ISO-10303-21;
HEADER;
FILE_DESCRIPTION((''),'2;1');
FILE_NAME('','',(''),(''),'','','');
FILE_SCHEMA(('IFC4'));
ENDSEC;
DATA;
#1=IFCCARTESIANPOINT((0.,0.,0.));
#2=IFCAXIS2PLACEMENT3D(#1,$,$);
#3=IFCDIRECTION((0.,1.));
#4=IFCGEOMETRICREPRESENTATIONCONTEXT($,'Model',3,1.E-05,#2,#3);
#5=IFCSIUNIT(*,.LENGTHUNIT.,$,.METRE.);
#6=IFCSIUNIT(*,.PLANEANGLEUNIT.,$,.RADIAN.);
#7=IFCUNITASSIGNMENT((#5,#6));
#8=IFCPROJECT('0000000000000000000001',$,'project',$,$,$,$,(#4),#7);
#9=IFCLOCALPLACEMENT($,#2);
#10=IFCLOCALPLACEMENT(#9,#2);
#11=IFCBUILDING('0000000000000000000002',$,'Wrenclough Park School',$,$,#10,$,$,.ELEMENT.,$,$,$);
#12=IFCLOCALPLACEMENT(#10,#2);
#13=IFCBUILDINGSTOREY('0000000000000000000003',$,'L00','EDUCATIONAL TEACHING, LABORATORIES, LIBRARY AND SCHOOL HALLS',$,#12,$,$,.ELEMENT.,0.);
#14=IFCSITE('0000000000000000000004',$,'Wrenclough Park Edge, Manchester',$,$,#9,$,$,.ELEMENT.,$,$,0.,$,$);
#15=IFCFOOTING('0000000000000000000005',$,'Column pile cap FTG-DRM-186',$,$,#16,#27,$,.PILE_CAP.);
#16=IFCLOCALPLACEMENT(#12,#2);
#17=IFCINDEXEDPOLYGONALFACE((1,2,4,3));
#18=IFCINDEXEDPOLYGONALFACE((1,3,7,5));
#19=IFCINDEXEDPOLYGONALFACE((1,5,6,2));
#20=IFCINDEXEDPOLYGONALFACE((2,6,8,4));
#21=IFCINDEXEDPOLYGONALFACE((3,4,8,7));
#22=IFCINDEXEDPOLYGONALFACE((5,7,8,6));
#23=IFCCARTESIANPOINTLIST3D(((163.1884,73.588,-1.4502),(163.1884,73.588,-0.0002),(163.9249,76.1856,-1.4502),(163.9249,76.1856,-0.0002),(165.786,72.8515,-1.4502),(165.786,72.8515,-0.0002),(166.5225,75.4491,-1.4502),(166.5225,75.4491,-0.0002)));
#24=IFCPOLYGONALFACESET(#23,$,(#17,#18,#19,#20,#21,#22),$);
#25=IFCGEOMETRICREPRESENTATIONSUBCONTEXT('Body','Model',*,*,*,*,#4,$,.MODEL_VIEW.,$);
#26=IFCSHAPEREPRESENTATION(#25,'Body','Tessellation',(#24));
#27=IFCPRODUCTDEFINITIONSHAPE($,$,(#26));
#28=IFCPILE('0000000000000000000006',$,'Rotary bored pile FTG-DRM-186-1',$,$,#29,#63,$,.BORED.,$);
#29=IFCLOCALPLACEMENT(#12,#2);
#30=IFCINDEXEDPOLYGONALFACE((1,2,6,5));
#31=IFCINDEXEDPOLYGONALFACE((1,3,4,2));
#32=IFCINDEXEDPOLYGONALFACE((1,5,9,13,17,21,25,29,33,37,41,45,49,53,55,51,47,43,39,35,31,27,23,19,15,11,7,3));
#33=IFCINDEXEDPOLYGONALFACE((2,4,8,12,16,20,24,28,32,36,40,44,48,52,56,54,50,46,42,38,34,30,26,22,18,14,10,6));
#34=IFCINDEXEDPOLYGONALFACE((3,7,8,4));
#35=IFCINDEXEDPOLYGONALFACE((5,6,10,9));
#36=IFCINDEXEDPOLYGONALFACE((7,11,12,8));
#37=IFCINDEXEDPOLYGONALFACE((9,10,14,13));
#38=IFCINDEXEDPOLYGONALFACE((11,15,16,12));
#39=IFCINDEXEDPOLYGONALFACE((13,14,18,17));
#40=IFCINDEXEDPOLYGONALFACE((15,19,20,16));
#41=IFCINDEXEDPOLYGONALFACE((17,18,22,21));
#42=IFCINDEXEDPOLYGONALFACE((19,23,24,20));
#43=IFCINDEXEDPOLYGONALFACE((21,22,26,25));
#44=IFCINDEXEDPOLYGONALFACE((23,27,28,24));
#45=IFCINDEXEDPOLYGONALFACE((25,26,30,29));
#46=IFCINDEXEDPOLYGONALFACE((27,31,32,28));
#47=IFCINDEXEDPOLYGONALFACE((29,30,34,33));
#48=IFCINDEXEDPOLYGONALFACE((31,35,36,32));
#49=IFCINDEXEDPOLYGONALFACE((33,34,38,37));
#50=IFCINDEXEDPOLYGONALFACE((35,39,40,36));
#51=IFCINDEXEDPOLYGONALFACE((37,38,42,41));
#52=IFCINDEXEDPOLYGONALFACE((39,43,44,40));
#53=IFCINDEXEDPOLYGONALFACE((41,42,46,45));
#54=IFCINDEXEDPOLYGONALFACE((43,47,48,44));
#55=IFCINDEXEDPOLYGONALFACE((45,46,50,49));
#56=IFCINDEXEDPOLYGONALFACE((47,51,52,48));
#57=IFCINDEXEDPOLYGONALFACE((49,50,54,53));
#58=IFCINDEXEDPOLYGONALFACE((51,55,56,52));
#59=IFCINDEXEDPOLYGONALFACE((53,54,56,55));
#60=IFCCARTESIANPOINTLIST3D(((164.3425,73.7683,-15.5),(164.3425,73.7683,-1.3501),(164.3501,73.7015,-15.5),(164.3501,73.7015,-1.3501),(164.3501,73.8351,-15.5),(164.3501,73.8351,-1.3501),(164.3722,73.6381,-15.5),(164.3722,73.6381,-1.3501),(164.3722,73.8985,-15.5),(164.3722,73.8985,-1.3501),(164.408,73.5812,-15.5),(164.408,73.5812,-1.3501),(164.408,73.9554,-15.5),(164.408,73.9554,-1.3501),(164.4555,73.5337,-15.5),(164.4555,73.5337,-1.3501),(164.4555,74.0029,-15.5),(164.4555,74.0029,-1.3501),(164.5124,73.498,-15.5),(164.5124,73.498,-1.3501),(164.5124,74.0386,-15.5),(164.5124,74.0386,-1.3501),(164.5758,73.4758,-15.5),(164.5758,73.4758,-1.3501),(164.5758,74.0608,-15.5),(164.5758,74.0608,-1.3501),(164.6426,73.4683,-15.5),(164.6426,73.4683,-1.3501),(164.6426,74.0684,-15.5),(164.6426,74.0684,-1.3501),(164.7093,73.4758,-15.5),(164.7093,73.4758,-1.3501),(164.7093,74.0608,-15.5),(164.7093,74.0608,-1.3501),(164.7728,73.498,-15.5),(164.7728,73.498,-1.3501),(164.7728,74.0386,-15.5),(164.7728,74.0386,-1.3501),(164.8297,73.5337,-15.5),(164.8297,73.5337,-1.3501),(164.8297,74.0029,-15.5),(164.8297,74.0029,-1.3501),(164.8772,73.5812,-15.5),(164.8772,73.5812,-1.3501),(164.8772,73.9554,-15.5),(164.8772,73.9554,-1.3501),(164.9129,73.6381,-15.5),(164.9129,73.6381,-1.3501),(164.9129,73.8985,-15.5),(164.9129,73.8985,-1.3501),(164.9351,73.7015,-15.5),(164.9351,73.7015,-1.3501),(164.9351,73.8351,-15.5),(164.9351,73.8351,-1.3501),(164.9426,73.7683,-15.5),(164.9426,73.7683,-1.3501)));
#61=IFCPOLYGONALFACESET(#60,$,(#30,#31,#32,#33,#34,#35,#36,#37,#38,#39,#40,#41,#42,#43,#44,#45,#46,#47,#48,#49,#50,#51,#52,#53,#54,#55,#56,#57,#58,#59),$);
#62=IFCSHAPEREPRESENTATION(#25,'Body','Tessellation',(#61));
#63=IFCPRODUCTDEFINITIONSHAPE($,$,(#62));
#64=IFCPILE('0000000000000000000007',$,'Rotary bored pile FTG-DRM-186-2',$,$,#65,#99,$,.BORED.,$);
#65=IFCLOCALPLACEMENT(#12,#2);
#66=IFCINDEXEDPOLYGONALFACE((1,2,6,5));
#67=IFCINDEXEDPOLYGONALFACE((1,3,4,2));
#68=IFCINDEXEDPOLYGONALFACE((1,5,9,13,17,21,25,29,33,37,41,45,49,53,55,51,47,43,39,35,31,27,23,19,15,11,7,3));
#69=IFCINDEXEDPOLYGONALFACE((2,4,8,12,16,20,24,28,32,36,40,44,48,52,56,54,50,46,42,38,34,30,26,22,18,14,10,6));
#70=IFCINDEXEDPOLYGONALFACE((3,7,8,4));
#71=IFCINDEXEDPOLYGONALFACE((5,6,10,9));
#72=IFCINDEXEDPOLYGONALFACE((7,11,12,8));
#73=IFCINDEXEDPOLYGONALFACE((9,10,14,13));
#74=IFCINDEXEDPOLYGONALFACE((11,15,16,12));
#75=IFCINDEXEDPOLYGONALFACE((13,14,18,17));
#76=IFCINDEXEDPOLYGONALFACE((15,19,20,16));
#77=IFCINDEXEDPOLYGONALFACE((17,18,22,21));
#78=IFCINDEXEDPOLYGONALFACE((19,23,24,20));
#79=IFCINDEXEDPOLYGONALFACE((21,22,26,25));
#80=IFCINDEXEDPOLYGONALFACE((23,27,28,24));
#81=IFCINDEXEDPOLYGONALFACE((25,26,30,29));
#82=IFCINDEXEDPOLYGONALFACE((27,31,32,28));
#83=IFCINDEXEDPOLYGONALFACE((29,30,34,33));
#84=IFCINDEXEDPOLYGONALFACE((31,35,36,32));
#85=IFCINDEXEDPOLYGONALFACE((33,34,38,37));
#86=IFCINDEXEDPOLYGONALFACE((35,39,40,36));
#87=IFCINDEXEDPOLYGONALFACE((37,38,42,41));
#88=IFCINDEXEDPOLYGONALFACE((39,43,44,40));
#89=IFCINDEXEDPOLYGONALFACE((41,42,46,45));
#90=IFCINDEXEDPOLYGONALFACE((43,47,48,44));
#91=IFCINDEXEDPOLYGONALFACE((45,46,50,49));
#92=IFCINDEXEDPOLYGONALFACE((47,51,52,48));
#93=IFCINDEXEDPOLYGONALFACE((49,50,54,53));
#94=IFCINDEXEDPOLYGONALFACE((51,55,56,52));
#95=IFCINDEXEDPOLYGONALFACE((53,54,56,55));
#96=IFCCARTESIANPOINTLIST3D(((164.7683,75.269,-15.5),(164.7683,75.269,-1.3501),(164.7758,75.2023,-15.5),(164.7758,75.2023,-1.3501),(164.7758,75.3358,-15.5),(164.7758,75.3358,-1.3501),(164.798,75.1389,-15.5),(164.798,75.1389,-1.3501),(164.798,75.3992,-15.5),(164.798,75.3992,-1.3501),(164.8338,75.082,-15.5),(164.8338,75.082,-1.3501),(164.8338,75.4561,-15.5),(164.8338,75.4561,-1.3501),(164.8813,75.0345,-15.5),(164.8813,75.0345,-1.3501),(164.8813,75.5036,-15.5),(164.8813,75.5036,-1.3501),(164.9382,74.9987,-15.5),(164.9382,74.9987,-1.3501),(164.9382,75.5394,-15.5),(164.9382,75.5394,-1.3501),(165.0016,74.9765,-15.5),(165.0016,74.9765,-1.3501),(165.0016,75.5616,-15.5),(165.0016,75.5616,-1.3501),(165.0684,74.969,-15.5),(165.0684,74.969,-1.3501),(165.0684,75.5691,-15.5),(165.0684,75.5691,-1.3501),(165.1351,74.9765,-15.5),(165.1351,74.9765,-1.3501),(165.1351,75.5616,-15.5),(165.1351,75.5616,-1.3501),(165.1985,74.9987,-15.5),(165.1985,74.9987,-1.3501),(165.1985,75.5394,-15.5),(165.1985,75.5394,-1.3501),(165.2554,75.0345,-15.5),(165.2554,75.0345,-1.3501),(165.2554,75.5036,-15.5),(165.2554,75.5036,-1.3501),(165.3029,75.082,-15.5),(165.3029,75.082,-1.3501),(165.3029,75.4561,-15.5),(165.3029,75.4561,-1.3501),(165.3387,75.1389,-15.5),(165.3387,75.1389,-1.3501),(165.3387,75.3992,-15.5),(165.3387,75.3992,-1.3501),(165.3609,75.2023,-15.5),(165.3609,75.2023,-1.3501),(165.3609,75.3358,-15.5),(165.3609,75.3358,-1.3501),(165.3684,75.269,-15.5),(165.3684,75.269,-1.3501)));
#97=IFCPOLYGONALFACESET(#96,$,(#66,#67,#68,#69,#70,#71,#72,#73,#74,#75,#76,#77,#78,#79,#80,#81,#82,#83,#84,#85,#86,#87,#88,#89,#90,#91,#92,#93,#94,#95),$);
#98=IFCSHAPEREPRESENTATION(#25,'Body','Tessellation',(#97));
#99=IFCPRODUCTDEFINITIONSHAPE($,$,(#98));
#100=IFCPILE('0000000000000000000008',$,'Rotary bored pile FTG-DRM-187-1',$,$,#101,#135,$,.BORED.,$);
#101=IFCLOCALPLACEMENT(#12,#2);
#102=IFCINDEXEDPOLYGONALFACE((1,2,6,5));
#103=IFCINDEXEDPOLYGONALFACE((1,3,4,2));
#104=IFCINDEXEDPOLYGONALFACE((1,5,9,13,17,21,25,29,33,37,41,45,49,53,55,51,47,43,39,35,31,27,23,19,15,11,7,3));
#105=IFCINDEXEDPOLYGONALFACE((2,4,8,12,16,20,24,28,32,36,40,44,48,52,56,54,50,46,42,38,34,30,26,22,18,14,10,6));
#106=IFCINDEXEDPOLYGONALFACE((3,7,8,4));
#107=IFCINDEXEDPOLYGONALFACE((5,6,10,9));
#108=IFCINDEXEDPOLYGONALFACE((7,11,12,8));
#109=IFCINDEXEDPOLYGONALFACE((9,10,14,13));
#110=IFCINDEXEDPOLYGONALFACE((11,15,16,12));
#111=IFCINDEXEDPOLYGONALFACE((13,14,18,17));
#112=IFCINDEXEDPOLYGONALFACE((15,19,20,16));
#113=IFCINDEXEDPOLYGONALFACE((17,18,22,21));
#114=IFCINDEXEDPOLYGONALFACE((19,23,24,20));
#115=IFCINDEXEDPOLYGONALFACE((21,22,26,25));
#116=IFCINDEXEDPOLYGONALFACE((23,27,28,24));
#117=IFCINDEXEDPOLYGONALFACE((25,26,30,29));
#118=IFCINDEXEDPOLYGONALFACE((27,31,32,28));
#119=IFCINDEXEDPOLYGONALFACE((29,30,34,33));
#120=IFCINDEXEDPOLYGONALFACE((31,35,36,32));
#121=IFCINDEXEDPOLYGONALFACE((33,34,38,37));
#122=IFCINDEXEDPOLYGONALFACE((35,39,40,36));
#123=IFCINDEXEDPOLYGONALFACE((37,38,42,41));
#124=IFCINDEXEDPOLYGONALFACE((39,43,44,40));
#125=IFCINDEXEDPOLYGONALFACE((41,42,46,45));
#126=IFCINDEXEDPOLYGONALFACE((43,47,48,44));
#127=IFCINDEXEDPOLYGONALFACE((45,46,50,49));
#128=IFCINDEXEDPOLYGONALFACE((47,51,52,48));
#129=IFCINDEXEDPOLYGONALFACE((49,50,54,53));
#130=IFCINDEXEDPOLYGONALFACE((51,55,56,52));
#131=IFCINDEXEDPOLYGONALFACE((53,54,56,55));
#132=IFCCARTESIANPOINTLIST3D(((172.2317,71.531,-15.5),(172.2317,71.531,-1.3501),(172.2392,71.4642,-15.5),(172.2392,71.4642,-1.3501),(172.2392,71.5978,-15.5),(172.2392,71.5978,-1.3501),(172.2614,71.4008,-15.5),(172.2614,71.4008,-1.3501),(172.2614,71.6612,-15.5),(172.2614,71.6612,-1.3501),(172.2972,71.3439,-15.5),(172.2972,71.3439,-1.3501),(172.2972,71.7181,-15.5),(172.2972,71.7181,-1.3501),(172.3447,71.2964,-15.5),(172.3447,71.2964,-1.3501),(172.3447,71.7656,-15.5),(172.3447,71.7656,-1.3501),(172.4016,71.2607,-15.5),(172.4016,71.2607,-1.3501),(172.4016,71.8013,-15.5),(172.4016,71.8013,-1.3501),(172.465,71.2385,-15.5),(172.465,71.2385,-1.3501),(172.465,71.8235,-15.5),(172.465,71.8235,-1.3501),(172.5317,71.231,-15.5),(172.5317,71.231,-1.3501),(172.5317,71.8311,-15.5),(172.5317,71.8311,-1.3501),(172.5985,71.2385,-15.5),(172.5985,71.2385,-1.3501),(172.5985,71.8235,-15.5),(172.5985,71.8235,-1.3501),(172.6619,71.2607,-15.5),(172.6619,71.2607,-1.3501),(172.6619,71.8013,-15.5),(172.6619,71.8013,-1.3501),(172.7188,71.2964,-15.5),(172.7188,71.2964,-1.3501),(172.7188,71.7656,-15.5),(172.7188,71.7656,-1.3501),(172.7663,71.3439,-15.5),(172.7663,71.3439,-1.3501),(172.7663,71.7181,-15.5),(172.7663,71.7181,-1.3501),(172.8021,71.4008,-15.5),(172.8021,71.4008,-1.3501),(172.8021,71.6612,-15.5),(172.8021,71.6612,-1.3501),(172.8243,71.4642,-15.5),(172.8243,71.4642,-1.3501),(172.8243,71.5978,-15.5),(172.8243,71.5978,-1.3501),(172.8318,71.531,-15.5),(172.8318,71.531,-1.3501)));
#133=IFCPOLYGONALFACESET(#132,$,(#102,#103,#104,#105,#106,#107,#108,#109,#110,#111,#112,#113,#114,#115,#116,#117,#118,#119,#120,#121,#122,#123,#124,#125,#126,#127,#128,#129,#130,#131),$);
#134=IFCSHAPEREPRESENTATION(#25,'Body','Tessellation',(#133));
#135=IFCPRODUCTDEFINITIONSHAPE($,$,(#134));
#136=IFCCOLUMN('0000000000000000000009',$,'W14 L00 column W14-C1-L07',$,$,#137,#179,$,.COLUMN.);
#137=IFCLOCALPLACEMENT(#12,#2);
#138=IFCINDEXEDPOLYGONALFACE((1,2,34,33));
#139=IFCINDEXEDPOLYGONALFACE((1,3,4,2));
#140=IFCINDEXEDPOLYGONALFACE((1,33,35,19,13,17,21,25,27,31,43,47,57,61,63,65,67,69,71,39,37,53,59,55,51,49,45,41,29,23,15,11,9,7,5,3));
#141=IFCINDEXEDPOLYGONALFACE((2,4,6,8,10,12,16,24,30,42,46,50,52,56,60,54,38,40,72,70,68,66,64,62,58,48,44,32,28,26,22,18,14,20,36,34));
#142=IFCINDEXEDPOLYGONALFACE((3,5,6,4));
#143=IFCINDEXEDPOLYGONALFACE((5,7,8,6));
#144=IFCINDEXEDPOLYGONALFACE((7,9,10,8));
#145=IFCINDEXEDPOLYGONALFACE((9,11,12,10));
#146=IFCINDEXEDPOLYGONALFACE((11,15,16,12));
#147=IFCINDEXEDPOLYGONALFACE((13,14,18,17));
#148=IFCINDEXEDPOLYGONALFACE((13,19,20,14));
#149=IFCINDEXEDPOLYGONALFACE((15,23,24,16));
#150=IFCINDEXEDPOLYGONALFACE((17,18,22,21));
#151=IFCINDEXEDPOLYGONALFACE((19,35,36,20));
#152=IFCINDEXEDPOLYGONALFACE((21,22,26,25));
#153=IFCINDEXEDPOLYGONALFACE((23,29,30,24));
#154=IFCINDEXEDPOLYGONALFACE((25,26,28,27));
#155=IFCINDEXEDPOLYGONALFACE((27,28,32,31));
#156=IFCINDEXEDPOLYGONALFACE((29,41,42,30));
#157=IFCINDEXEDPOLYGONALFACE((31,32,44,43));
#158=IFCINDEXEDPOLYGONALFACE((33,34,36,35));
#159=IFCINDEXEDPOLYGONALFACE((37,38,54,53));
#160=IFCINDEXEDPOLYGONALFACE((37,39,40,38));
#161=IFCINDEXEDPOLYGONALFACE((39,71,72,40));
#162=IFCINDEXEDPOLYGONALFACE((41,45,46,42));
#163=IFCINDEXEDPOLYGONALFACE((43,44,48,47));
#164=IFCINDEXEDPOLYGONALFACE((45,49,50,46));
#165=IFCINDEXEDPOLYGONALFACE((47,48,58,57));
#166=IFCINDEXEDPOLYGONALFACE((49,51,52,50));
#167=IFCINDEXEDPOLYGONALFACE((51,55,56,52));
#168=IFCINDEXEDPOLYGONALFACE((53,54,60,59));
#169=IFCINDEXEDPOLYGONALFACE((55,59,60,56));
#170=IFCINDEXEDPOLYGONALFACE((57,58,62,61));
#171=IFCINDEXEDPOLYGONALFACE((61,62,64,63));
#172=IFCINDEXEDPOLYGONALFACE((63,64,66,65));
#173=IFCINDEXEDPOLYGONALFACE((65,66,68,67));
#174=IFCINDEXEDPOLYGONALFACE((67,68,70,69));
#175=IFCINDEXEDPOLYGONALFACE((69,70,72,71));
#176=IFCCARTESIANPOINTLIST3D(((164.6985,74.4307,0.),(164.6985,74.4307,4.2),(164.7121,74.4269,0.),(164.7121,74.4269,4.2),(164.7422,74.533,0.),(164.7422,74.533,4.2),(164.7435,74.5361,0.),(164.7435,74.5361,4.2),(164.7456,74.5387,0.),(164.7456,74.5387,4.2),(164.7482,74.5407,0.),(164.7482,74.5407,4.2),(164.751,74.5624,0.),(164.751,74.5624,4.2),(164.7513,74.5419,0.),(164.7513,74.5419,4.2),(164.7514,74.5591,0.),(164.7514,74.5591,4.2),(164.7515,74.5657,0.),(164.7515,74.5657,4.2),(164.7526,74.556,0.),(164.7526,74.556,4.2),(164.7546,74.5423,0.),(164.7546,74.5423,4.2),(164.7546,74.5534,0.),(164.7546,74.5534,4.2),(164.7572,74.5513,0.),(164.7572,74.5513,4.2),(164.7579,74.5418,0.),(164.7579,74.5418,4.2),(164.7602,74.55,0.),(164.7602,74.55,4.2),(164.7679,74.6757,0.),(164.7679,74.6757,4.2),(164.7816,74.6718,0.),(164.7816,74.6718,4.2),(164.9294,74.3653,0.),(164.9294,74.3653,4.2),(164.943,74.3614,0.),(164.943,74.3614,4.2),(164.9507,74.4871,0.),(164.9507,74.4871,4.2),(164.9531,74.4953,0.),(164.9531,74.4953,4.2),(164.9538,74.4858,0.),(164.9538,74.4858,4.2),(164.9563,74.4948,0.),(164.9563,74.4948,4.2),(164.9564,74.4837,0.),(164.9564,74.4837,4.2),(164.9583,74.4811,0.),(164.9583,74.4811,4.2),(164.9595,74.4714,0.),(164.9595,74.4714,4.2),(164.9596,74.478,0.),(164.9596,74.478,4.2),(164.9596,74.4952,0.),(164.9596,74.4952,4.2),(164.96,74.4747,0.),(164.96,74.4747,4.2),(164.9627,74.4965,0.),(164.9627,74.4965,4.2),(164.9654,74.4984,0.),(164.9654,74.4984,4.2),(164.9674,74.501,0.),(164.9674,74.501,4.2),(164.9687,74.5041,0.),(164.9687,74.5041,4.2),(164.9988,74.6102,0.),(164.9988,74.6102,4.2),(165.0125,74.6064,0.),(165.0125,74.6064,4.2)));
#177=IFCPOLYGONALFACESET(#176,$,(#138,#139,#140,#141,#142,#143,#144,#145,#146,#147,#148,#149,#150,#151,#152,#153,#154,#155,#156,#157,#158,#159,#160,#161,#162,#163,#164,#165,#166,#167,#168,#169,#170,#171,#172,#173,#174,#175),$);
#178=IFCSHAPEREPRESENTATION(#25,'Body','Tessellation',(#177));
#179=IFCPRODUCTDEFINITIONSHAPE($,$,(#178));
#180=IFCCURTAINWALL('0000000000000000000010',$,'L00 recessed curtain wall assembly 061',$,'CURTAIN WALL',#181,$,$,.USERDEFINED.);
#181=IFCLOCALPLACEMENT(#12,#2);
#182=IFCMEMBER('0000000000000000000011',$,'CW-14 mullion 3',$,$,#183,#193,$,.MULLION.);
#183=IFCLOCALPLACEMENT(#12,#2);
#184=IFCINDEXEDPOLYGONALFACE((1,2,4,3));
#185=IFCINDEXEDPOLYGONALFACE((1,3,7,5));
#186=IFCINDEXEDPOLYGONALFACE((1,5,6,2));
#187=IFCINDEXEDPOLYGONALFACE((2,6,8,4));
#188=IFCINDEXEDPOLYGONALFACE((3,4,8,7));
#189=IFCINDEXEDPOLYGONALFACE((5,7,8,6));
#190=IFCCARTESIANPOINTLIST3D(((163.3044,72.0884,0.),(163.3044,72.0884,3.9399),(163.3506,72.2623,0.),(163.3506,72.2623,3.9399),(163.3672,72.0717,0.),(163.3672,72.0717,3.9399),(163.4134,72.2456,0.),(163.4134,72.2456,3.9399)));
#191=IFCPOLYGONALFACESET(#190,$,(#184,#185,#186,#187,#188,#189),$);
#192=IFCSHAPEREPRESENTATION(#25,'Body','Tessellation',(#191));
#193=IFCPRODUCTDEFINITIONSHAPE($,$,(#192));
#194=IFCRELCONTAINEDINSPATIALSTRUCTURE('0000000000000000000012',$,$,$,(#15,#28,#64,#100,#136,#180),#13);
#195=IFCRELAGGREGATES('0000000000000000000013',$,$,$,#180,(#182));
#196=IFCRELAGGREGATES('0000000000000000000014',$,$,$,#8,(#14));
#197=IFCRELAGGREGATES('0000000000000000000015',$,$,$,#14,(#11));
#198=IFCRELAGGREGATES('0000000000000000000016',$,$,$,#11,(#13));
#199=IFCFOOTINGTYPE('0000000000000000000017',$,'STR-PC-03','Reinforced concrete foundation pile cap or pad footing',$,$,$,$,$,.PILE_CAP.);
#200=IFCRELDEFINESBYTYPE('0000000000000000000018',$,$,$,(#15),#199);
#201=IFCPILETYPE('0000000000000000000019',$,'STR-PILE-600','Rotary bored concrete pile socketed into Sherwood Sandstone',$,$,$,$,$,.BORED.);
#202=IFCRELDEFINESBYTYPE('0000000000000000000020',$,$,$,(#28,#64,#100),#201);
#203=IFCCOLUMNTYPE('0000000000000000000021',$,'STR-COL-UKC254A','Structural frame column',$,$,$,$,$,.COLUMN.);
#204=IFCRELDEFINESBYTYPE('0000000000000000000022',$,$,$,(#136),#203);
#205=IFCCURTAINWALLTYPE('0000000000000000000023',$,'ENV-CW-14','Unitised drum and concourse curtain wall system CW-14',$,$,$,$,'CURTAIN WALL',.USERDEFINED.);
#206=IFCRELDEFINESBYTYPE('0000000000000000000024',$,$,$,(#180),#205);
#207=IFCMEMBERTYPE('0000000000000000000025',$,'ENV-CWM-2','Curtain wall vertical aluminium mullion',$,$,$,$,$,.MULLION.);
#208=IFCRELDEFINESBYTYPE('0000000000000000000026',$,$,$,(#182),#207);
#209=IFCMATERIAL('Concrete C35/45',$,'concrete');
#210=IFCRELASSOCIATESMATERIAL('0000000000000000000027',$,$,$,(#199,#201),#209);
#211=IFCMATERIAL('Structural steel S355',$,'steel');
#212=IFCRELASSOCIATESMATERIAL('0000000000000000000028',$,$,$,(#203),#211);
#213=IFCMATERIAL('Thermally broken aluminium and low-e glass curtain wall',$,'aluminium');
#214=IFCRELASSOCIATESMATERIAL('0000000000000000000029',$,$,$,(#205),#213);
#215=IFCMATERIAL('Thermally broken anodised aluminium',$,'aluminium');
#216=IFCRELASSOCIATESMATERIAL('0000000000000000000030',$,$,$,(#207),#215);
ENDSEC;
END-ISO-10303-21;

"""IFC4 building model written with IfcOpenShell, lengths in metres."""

from ifc_helpers import new_model, si_unit, direction, frame, origin, origin_2d, place, context, subcontext, project, spatial, rectangle, circle, i_section, extrude, material, material_profile, profile_set, type_object, element, aggregate, save


model = new_model("IFC4")

# Units and contexts
model_context = context("Model", 3, precision=1e-05, world=origin(), true_north=direction((0.0, 1.0)))
body_context = subcontext(model_context, "Body", "Model", "MODEL_VIEW")
ifc_project = project(units=[si_unit("LENGTHUNIT", "METRE"), si_unit("PLANEANGLEUNIT", "RADIAN")], contexts=[model_context])

# Site, building, storey
site_placement = place(None, origin())
site = spatial("IfcSite", under=ifc_project, at=site_placement, Name="Wrenclough Park Edge, Manchester", CompositionType="ELEMENT", RefElevation=0.0)
building_placement = place(site_placement, origin())
building = spatial("IfcBuilding", under=site, at=building_placement, Name="Wrenclough Park School", CompositionType="ELEMENT")
storey_placement = place(building_placement, origin())
storey = spatial("IfcBuildingStorey", under=building, at=storey_placement, Name="L00", Description="EDUCATIONAL TEACHING, LABORATORIES, LIBRARY AND SCHOOL HALLS", CompositionType="ELEMENT", Elevation=0.0)

# Footing
ifc_material_1 = material(Name="Concrete C35/45", Category="concrete")
footing_type = type_object("IfcFootingType", Name="STR-PC-03", Description="Reinforced concrete foundation pile cap or pad footing", PredefinedType="PILE_CAP", material=ifc_material_1)
footing_placement = place(storey_placement, frame((164.8555, 74.5186, -1.4502), z_axis=(0.0, 0.0, 1.0), x_axis=(0.272784, 0.962075, 0.0)))
element("IfcFooting", 1, at=footing_placement, inside=storey, type_object=footing_type, Name="Column pile cap FTG-DRM-186", PredefinedType="PILE_CAP", context=body_context, shape_type="SweptSolid", body=[
    extrude(rectangle(XDim=2.7, YDim=2.7, at=origin_2d()), origin(), (0.0, 0.0, 1.0), 1.45),
])

# Piles
ifc_material_profile_1 = material_profile(ifc_material_1, circle(Radius=0.3, at=origin_2d()), Name="BORED PILE D600")
ifc_profile_set_1 = profile_set([ifc_material_profile_1], Name="Concrete C35/45")
pile_type = type_object("IfcPileType", Name="STR-PILE-600", Description="Rotary bored concrete pile socketed into Sherwood Sandstone", PredefinedType="BORED", material=ifc_profile_set_1)
for number, where, z_axis, x_axis, name in (
    (2, (164.6426, 73.7683, -1.3501), (0.0, 0.0, -1.0), (1.0, 0.0, 0.0), "Rotary bored pile FTG-DRM-186-1"),
    (3, (165.0684, 75.269, -1.3501), (0.0, 0.0, -1.0), (1.0, 0.0, 0.0), "Rotary bored pile FTG-DRM-186-2"),
    (4, (172.5317, 71.531, -1.3501), (0.0, 0.0, -1.0), (1.0, 0.0, 0.0), "Rotary bored pile FTG-DRM-187-1"),
):
    element("IfcPile", number, at=place(storey_placement, frame(where, z_axis=z_axis, x_axis=x_axis)), inside=storey, type_object=pile_type, Name=name, PredefinedType="BORED", context=body_context, shape_type="SweptSolid", body=[
        extrude(circle(Radius=0.3, at=origin_2d()), origin(), (0.0, 0.0, 1.0), 14.1499),
    ])

# Column
ifc_material_2 = material(Name="Structural steel S355", Category="steel")
ifc_material_profile_2 = material_profile(ifc_material_2, i_section(OverallWidth=0.2546, OverallDepth=0.2542, WebThickness=0.0085, FlangeThickness=0.0142, FilletRadius=0.0127, at=origin_2d()), Name="UKC 254x254x73")
ifc_profile_set_2 = profile_set([ifc_material_profile_2], Name="Structural steel S355")
column_type = type_object("IfcColumnType", Name="STR-COL-UKC254A", Description="Structural frame column", PredefinedType="COLUMN", material=ifc_profile_set_2)
column_placement = place(storey_placement, frame((164.8555, 74.5186, 0.0), z_axis=(0.0, 0.0, 1.0), x_axis=(0.272784, 0.962075, 0.0)))
element("IfcColumn", 5, at=column_placement, inside=storey, type_object=column_type, Name="W14 L00 column W14-C1-L07", PredefinedType="COLUMN", context=body_context, shape_type="SweptSolid", body=[
    extrude(i_section(OverallWidth=0.2546, OverallDepth=0.2542, WebThickness=0.0085, FlangeThickness=0.0142, FilletRadius=0.0127, at=origin_2d()), origin(), (0.0, 0.0, 1.0), 4.2),
])

# Curtain wall, member
ifc_material_3 = material(Name="Thermally broken aluminium and low-e glass curtain wall", Category="aluminium")
curtain_wall_type_1 = type_object("IfcCurtainWallType", Name="ENV-CW-14", Description="Unitised drum and concourse curtain wall system CW-14", ElementType="CURTAIN WALL", PredefinedType="USERDEFINED", material=ifc_material_3)
curtain_wall_1_placement = place(storey_placement, origin())
curtain_wall_1 = element("IfcCurtainWall", 6, at=curtain_wall_1_placement, inside=storey, type_object=curtain_wall_type_1, Name="L00 recessed curtain wall assembly 061", ObjectType="CURTAIN WALL", PredefinedType="USERDEFINED")
ifc_material_4 = material(Name="Thermally broken anodised aluminium", Category="aluminium")
ifc_material_profile_3 = material_profile(ifc_material_4, rectangle(XDim=0.0649, YDim=0.1799, at=origin_2d()), Name="AL MULLION 65x180")
ifc_profile_set_3 = profile_set([ifc_material_profile_3], Name="Thermally broken anodised aluminium")
member_type_1 = type_object("IfcMemberType", Name="ENV-CWM-2", Description="Curtain wall vertical aluminium mullion", PredefinedType="MULLION", material=ifc_profile_set_3)
member_1_placement = place(storey_placement, frame((163.3589, 72.167, 0.0), z_axis=(0.0, 0.0, 1.0), x_axis=(-0.966438, 0.2569, 0.0)))
member_1 = element("IfcMember", 7, at=member_1_placement, type_object=member_type_1, Name="CW-14 mullion 3", PredefinedType="MULLION", context=body_context, shape_type="SweptSolid", body=[
    extrude(rectangle(XDim=0.0649, YDim=0.1799, at=origin_2d()), origin(), (0.0, 0.0, 1.0), 3.9399),
])

aggregate(curtain_wall_1, [member_1])

save(model, "model.ifc")
